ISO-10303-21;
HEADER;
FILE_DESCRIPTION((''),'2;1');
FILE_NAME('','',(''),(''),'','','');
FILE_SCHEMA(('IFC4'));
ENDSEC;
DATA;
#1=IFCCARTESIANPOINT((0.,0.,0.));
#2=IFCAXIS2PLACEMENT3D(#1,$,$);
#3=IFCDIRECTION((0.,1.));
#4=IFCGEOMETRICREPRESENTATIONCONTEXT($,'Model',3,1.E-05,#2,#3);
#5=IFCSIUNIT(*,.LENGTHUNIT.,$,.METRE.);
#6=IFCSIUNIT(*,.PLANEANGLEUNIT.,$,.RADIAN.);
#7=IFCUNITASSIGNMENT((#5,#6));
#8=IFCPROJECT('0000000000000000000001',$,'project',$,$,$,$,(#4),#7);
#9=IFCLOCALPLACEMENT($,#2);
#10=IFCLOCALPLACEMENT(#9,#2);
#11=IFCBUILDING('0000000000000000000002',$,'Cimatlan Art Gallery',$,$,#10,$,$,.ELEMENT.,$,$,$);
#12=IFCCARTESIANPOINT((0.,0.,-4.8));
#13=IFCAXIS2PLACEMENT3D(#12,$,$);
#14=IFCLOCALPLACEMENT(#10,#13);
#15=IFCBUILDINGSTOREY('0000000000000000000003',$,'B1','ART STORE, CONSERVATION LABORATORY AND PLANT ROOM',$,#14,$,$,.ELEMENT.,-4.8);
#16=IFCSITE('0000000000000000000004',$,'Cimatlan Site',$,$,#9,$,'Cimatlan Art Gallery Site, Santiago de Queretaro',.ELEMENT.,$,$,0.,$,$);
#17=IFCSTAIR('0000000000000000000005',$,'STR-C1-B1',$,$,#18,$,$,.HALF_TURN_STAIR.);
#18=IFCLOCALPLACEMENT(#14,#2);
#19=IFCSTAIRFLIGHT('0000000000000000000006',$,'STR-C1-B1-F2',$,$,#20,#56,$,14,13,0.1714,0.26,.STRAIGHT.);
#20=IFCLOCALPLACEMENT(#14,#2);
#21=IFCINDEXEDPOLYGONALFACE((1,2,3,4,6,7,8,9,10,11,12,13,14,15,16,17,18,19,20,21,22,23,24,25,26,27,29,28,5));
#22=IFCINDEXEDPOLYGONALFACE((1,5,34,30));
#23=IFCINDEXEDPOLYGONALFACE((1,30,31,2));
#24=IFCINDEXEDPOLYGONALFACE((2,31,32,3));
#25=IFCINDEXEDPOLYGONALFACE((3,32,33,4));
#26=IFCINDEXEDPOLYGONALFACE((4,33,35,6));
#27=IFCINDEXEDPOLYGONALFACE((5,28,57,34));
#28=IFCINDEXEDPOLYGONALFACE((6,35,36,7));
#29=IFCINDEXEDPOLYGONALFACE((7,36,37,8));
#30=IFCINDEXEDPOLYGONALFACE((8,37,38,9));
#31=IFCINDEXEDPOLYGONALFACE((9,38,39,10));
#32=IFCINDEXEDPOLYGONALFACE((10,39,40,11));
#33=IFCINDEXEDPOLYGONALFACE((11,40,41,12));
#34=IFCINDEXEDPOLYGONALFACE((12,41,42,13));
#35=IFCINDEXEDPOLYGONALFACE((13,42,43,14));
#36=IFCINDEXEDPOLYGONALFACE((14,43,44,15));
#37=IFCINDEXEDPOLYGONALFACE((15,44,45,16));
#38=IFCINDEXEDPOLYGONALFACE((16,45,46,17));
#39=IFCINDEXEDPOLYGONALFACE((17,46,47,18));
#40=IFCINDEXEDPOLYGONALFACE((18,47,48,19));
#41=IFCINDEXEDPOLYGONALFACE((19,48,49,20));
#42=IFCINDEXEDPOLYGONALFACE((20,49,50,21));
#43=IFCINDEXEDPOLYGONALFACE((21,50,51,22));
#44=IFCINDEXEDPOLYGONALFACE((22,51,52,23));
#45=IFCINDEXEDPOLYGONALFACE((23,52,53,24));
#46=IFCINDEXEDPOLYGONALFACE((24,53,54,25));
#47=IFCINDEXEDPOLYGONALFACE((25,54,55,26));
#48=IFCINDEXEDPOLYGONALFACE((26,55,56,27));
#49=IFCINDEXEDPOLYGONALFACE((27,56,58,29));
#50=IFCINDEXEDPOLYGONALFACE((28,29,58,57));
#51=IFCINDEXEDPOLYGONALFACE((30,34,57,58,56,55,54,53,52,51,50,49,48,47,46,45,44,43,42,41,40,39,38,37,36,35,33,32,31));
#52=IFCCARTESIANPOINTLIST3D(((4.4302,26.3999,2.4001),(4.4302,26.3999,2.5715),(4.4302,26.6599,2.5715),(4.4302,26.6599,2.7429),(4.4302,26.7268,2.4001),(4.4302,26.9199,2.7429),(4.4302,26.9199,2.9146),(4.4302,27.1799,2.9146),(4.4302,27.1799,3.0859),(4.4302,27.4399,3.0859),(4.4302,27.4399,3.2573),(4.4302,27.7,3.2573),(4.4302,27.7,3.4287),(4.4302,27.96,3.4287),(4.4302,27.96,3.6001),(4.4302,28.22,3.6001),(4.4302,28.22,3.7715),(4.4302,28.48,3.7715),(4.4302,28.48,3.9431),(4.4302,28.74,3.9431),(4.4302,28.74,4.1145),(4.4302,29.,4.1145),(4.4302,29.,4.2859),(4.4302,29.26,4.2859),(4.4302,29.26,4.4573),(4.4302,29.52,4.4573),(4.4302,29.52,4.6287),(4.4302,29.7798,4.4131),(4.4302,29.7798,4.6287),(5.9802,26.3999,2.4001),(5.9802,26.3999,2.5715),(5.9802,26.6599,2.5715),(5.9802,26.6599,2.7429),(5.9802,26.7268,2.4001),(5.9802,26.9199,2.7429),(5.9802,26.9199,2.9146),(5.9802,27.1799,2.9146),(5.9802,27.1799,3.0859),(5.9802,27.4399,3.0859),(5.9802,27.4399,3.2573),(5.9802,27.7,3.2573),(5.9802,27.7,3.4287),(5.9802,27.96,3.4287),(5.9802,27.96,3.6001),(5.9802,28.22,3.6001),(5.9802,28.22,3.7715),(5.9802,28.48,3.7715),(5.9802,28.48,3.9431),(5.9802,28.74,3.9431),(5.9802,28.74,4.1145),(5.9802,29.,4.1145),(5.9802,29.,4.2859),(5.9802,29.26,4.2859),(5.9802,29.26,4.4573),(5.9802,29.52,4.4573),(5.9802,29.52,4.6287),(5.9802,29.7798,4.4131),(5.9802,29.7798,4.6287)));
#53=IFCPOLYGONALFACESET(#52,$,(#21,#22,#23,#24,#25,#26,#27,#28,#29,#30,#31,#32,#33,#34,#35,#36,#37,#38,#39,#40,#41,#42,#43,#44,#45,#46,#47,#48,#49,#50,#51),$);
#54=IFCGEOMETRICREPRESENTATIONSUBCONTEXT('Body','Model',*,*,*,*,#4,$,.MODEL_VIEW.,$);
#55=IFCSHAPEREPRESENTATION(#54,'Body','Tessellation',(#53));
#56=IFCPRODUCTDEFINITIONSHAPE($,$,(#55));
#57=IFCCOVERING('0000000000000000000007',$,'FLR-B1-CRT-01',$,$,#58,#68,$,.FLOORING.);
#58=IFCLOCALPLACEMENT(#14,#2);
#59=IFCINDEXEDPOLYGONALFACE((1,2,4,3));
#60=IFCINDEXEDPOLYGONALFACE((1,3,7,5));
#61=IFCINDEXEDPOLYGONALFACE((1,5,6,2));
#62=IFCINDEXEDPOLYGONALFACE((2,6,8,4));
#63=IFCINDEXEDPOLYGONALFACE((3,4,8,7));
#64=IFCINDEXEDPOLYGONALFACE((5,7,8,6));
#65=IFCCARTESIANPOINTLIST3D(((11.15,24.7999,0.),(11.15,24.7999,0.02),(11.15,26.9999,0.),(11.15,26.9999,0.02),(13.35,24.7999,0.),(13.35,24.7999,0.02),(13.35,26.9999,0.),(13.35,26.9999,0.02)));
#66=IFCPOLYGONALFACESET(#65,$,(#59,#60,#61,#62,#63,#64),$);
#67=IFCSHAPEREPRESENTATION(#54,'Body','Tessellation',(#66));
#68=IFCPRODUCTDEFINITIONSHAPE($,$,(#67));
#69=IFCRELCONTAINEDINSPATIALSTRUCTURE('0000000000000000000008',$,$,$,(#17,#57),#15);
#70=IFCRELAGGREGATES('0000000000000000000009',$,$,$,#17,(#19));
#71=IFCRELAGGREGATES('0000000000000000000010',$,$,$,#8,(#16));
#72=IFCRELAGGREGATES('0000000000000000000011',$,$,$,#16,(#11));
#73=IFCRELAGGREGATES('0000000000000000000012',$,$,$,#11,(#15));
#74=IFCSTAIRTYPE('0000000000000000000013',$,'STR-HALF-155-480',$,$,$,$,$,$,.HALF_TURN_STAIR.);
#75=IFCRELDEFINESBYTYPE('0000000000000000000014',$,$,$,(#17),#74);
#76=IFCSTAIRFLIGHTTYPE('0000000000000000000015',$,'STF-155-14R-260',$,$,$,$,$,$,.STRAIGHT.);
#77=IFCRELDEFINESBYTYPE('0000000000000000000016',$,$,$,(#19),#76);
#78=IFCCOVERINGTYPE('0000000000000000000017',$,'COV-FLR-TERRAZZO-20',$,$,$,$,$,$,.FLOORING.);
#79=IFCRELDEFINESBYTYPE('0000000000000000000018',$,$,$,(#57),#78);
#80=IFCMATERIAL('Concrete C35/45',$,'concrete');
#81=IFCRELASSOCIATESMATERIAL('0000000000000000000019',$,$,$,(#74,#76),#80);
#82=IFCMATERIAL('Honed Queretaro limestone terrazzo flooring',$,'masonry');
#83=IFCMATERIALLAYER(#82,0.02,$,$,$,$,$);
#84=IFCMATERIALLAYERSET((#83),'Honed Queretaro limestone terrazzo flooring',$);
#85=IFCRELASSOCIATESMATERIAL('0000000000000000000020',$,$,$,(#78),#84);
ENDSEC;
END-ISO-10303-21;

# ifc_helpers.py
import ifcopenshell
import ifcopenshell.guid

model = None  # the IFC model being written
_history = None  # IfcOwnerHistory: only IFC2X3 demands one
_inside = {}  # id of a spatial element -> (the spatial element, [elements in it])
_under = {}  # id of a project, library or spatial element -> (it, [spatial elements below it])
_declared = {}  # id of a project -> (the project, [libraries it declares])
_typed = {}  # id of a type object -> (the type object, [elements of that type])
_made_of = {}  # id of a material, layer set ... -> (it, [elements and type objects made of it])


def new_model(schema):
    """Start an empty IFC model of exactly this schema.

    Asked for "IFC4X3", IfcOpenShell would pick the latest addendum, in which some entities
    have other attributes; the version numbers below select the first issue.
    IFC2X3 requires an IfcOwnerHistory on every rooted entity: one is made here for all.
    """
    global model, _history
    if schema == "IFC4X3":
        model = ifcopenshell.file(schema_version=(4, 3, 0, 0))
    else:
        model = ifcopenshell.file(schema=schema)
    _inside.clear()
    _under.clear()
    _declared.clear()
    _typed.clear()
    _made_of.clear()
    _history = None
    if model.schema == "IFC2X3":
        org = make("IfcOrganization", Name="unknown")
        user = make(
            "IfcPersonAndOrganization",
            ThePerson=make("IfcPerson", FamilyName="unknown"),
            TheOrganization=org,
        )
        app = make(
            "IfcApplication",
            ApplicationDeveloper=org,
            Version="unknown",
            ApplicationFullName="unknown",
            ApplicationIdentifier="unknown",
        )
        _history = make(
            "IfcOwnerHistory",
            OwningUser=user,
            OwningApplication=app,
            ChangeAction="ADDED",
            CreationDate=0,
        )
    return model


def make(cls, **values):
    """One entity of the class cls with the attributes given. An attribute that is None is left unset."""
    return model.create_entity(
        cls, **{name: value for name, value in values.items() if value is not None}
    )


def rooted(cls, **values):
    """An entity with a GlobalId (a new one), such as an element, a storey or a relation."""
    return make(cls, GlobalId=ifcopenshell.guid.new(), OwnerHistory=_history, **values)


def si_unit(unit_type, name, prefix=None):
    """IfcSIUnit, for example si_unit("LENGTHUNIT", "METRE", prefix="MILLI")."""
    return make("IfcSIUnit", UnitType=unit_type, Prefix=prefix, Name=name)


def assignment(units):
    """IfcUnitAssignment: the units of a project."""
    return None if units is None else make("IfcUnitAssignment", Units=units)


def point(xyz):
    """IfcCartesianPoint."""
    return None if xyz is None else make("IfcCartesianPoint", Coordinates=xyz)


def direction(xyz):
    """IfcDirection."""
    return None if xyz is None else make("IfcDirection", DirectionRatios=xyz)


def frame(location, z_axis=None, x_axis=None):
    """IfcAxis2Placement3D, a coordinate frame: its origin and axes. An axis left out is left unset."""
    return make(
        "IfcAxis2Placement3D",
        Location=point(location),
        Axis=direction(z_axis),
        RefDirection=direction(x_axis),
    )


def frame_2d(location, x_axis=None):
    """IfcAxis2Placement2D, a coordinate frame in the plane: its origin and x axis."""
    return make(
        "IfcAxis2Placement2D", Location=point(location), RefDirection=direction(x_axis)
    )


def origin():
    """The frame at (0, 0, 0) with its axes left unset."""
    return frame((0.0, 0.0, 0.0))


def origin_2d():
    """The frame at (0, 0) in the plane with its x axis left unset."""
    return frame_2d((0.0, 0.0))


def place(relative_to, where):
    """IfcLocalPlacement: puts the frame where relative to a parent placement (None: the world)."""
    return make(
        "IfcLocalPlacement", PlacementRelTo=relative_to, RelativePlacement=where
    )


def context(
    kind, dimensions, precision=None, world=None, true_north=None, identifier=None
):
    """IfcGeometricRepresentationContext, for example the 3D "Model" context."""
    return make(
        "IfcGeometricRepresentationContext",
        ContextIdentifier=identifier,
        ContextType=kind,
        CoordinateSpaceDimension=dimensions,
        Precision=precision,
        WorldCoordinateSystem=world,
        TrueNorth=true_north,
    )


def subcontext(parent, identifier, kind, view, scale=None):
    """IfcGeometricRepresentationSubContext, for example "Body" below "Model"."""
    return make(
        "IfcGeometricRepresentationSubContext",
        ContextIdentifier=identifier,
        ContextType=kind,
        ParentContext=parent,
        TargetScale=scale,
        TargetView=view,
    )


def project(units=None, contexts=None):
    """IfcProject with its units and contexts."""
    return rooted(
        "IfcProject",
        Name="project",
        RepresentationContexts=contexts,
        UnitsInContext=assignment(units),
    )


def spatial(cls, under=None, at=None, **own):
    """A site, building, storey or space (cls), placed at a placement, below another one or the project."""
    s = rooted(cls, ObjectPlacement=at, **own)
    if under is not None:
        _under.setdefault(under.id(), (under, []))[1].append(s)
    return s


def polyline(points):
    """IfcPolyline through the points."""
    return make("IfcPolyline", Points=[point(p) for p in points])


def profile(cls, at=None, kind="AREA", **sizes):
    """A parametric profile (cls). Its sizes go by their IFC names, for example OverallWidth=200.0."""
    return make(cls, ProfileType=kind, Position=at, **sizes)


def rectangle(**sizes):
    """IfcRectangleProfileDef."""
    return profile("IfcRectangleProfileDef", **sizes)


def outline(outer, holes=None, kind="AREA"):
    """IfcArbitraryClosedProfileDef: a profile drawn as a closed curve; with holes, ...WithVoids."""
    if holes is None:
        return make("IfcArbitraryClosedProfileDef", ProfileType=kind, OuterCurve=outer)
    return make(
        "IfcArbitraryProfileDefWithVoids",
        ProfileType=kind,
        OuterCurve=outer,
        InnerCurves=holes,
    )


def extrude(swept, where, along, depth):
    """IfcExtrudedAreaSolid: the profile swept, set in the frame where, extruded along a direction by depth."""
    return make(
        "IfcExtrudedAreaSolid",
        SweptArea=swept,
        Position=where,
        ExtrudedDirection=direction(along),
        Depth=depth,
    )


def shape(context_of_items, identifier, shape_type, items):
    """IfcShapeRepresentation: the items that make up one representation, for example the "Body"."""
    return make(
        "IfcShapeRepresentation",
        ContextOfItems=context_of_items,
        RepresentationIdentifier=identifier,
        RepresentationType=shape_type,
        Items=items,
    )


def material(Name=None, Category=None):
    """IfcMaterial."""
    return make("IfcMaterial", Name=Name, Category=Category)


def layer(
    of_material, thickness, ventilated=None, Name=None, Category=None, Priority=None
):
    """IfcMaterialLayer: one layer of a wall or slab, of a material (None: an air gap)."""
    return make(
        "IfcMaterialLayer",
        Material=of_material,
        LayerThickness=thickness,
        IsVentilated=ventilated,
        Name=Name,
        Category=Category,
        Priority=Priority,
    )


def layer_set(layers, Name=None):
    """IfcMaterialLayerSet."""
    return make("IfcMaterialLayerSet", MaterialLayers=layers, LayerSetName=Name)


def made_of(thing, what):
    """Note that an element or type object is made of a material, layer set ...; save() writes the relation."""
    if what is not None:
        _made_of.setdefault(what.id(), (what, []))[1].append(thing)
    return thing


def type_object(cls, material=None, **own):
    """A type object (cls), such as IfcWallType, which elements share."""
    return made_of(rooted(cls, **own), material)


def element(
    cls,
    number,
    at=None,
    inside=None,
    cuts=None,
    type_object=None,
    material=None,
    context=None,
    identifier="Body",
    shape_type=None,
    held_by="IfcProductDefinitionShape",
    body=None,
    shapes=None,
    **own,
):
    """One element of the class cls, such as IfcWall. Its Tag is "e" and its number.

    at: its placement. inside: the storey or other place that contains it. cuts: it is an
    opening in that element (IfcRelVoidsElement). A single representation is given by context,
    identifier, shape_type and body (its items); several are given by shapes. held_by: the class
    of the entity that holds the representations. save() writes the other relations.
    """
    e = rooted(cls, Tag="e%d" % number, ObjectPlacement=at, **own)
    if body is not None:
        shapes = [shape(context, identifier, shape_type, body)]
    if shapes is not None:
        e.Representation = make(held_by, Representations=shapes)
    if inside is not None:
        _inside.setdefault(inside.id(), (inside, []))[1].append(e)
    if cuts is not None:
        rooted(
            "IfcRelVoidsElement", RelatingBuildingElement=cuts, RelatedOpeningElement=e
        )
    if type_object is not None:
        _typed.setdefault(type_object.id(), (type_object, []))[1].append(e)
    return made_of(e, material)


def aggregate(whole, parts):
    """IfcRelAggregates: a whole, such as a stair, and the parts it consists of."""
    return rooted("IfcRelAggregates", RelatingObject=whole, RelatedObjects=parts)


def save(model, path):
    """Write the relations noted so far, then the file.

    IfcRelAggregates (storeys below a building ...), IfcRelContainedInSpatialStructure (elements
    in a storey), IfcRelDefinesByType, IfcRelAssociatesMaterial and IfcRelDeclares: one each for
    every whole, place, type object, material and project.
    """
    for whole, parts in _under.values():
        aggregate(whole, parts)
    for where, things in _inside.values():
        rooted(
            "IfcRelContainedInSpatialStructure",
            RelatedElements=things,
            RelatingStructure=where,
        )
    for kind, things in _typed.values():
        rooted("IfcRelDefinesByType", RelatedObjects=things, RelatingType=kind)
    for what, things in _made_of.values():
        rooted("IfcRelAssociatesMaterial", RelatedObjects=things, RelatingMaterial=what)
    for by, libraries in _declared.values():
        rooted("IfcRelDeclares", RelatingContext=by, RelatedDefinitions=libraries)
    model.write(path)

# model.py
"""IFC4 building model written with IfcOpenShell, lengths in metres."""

from ifc_helpers import new_model, si_unit, direction, frame, origin, origin_2d, place, context, subcontext, project, spatial, polyline, rectangle, outline, extrude, material, layer, layer_set, type_object, element, aggregate, save


model = new_model("IFC4")

# Units and contexts
model_context = context("Model", 3, precision=1e-05, world=origin(), true_north=direction((0.0, 1.0)))
body_context = subcontext(model_context, "Body", "Model", "MODEL_VIEW")
ifc_project = project(units=[si_unit("LENGTHUNIT", "METRE"), si_unit("PLANEANGLEUNIT", "RADIAN")], contexts=[model_context])

# Site, building, storey
site_placement = place(None, origin())
site = spatial("IfcSite", under=ifc_project, at=site_placement, Name="Cimatlan Site", LongName="Cimatlan Art Gallery Site, Santiago de Queretaro", CompositionType="ELEMENT", RefElevation=0.0)
building_placement = place(site_placement, origin())
building = spatial("IfcBuilding", under=site, at=building_placement, Name="Cimatlan Art Gallery", CompositionType="ELEMENT")
storey_placement = place(building_placement, frame((0.0, 0.0, -4.8)))
storey = spatial("IfcBuildingStorey", under=building, at=storey_placement, Name="B1", Description="ART STORE, CONSERVATION LABORATORY AND PLANT ROOM", CompositionType="ELEMENT", Elevation=-4.8)

# Stair, stair flight
ifc_material_1 = material(Name="Concrete C35/45", Category="concrete")
stair_type = type_object("IfcStairType", Name="STR-HALF-155-480", PredefinedType="HALF_TURN_STAIR", material=ifc_material_1)
stair_placement = place(storey_placement, origin())
stair = element("IfcStair", 1, at=stair_placement, inside=storey, type_object=stair_type, Name="STR-C1-B1", PredefinedType="HALF_TURN_STAIR")
stair_flight_type = type_object("IfcStairFlightType", Name="STF-155-14R-260", PredefinedType="STRAIGHT", material=ifc_material_1)
stair_flight_placement = place(storey_placement, frame((5.2051, 26.3999, 2.4001), z_axis=(0.0, 0.0, 1.0), x_axis=(0.0, 1.0, 0.0)))
stair_flight = element("IfcStairFlight", 2, at=stair_flight_placement, type_object=stair_flight_type, Name="STR-C1-B1-F2", NumberOfRisers=14, NumberOfTreads=13, PredefinedType="STRAIGHT", RiserHeight=0.1714, TreadLength=0.26, context=body_context, shape_type="SweptSolid", body=[
    extrude(outline(polyline([(0.0, 0.0), (0.0, 0.1714), (0.26, 0.1714), (0.26, 0.3428), (0.52, 0.3428), (0.52, 0.5144), (0.78, 0.5144), (0.78, 0.6858), (1.04, 0.6858), (1.04, 0.8572), (1.3, 0.8572), (1.3, 1.0286), (1.5601, 1.0286), (1.5601, 1.2), (1.8201, 1.2), (1.8201, 1.3713), (2.0801, 1.3713), (2.0801, 1.543), (2.3401, 1.543), (2.3401, 1.7144), (2.6001, 1.7144), (2.6001, 1.8857), (2.8601, 1.8857), (2.8601, 2.0571), (3.1201, 2.0571), (3.1201, 2.2285), (3.3799, 2.2285), (3.3799, 2.3999), (3.3799, 2.0129), (0.3269, 0.0), (0.0, 0.0)])), frame((0.0, 0.7749, 0.0), z_axis=(0.0, -1.0, 0.0), x_axis=(1.0, 0.0, 0.0)), (0.0, 0.0, 1.0), 1.55),
])
aggregate(stair, [stair_flight])

# Covering
ifc_material_2 = material(Name="Honed Queretaro limestone terrazzo flooring", Category="masonry")
ifc_layer_1 = layer(ifc_material_2, 0.02)
ifc_layer_set_1 = layer_set([ifc_layer_1], Name="Honed Queretaro limestone terrazzo flooring")
covering_type = type_object("IfcCoveringType", Name="COV-FLR-TERRAZZO-20", PredefinedType="FLOORING", material=ifc_layer_set_1)
covering_placement = place(storey_placement, frame((12.25, 25.8999, 0.0), z_axis=(0.0, 0.0, 1.0), x_axis=(1.0, 0.0, 0.0)))
element("IfcCovering", 3, at=covering_placement, inside=storey, type_object=covering_type, Name="FLR-B1-CRT-01", PredefinedType="FLOORING", context=body_context, shape_type="SweptSolid", body=[
    extrude(rectangle(XDim=2.2, YDim=2.2, at=origin_2d()), origin(), (0.0, 0.0, 1.0), 0.02),
])

save(model, "model.ifc")
